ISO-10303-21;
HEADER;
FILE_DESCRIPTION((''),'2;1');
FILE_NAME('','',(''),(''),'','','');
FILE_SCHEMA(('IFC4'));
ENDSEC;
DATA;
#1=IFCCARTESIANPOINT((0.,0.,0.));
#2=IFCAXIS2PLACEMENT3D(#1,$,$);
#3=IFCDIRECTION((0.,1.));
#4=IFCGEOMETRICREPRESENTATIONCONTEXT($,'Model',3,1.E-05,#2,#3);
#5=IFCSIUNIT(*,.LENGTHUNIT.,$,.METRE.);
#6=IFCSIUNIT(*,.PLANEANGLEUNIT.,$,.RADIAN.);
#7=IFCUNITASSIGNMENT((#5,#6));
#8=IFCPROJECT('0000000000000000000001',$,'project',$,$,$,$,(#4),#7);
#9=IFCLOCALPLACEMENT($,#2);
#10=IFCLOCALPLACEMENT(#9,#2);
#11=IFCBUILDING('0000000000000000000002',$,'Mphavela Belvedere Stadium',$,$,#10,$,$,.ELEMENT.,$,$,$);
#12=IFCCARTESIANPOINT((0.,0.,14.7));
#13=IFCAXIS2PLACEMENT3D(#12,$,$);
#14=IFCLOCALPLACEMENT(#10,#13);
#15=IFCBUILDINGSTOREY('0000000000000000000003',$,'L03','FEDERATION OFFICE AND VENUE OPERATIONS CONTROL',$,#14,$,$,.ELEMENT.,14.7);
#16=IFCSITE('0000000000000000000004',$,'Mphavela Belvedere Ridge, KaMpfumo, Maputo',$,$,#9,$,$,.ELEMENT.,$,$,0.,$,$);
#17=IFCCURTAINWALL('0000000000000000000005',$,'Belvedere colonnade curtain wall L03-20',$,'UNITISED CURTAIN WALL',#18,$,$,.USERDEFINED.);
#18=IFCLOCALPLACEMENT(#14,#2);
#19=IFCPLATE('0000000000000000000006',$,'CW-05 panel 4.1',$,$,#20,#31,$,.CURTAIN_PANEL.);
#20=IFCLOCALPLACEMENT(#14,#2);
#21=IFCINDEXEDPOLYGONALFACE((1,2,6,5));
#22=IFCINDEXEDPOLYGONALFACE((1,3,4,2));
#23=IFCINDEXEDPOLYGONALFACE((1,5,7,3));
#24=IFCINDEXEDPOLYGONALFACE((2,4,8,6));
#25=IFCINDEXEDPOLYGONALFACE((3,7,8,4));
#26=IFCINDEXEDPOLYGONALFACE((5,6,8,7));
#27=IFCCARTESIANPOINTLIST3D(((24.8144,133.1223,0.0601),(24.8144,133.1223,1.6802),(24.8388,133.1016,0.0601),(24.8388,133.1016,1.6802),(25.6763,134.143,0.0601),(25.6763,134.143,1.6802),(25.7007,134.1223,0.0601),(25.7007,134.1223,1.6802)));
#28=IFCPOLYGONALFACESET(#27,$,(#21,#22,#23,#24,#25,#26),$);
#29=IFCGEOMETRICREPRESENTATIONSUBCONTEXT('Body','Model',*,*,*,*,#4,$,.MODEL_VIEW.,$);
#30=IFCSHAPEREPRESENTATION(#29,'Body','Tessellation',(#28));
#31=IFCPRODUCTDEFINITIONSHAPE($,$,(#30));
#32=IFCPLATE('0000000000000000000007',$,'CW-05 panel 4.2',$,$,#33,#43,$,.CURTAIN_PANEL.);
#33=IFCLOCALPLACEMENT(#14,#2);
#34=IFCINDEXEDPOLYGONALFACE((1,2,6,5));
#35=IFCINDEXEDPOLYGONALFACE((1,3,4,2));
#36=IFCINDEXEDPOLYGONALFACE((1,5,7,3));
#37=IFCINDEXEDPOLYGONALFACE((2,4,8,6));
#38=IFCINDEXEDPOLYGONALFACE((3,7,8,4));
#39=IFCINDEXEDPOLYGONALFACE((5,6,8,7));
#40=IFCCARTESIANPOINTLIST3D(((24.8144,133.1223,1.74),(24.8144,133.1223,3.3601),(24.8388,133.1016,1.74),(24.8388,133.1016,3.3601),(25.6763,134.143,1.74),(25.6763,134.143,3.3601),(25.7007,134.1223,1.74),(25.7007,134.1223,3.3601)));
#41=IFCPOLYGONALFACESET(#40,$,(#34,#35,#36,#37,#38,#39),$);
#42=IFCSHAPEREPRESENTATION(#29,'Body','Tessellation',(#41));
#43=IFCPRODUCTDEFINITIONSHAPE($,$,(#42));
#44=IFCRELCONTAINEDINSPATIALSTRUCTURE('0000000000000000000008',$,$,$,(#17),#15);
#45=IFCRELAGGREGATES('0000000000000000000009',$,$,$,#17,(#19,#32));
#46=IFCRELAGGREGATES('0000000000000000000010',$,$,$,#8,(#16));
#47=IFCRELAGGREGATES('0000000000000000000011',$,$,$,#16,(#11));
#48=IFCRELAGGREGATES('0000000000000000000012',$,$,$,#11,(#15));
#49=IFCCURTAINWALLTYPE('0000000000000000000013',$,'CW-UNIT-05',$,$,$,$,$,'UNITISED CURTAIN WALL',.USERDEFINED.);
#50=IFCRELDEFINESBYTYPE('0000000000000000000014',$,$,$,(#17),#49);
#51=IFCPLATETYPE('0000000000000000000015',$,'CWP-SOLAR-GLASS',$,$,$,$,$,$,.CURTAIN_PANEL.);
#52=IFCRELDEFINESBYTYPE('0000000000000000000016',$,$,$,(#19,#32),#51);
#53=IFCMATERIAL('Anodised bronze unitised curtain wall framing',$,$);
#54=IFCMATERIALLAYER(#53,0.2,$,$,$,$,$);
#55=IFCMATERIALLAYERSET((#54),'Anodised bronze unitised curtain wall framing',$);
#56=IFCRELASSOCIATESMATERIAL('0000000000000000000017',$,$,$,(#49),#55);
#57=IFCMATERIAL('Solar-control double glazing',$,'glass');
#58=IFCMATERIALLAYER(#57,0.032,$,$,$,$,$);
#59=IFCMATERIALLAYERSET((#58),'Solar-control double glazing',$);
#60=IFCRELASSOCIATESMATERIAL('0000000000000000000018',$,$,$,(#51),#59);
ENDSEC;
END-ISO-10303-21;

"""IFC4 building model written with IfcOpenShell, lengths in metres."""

from ifc_helpers import new_model, si_unit, direction, frame, origin, origin_2d, place, context, subcontext, project, spatial, rectangle, extrude, material, layer, layer_set, type_object, element, aggregate, save


model = new_model("IFC4")

# Units and contexts
model_context = context("Model", 3, precision=1e-05, world=origin(), true_north=direction((0.0, 1.0)))
body_context = subcontext(model_context, "Body", "Model", "MODEL_VIEW")
ifc_project = project(units=[si_unit("LENGTHUNIT", "METRE"), si_unit("PLANEANGLEUNIT", "RADIAN")], contexts=[model_context])

# Site, building, storey
site_placement = place(None, origin())
site = spatial("IfcSite", under=ifc_project, at=site_placement, Name="Mphavela Belvedere Ridge, KaMpfumo, Maputo", CompositionType="ELEMENT", RefElevation=0.0)
building_placement = place(site_placement, origin())
building = spatial("IfcBuilding", under=site, at=building_placement, Name="Mphavela Belvedere Stadium", CompositionType="ELEMENT")
storey_placement = place(building_placement, frame((0.0, 0.0, 14.7)))
storey = spatial("IfcBuildingStorey", under=building, at=storey_placement, Name="L03", Description="FEDERATION OFFICE AND VENUE OPERATIONS CONTROL", CompositionType="ELEMENT", Elevation=14.7)

# Curtain wall, plates
ifc_material_1 = material(Name="Anodised bronze unitised curtain wall framing")
ifc_layer_1 = layer(ifc_material_1, 0.2)
ifc_layer_set_1 = layer_set([ifc_layer_1], Name="Anodised bronze unitised curtain wall framing")
curtain_wall_type = type_object("IfcCurtainWallType", Name="CW-UNIT-05", ElementType="UNITISED CURTAIN WALL", PredefinedType="USERDEFINED", material=ifc_layer_set_1)
curtain_wall_placement = place(storey_placement, origin())
curtain_wall = element("IfcCurtainWall", 1, at=curtain_wall_placement, inside=storey, type_object=curtain_wall_type, Name="Belvedere colonnade curtain wall L03-20", ObjectType="UNITISED CURTAIN WALL", PredefinedType="USERDEFINED")
ifc_material_2 = material(Name="Solar-control double glazing", Category="glass")
ifc_layer_2 = layer(ifc_material_2, 0.032)
ifc_layer_set_2 = layer_set([ifc_layer_2], Name="Solar-control double glazing")
plate_type = type_object("IfcPlateType", Name="CWP-SOLAR-GLASS", PredefinedType="CURTAIN_PANEL", material=ifc_layer_set_2)
plate_1_placement = place(storey_placement, frame((25.2576, 133.6223, 0.0601), z_axis=(0.0, 0.0, 1.0), x_axis=(-0.645179, -0.764031, 0.0)))
plate_1 = element("IfcPlate", 2, at=plate_1_placement, type_object=plate_type, Name="CW-05 panel 4.1", PredefinedType="CURTAIN_PANEL", context=body_context, shape_type="SweptSolid", body=[
    extrude(rectangle(XDim=1.3359, YDim=0.032, at=origin_2d()), origin(), (0.0, 0.0, 1.0), 1.6201),
])
plate_2_placement = place(storey_placement, frame((25.2576, 133.6223, 1.74), z_axis=(0.0, 0.0, 1.0), x_axis=(-0.645179, -0.764031, 0.0)))
plate_2 = element("IfcPlate", 3, at=plate_2_placement, type_object=plate_type, Name="CW-05 panel 4.2", PredefinedType="CURTAIN_PANEL", context=body_context, shape_type="SweptSolid", body=[
    extrude(rectangle(XDim=1.3359, YDim=0.032, at=origin_2d()), origin(), (0.0, 0.0, 1.0), 1.6201),
])
aggregate(curtain_wall, [plate_1, plate_2])

save(model, "model.ifc")
